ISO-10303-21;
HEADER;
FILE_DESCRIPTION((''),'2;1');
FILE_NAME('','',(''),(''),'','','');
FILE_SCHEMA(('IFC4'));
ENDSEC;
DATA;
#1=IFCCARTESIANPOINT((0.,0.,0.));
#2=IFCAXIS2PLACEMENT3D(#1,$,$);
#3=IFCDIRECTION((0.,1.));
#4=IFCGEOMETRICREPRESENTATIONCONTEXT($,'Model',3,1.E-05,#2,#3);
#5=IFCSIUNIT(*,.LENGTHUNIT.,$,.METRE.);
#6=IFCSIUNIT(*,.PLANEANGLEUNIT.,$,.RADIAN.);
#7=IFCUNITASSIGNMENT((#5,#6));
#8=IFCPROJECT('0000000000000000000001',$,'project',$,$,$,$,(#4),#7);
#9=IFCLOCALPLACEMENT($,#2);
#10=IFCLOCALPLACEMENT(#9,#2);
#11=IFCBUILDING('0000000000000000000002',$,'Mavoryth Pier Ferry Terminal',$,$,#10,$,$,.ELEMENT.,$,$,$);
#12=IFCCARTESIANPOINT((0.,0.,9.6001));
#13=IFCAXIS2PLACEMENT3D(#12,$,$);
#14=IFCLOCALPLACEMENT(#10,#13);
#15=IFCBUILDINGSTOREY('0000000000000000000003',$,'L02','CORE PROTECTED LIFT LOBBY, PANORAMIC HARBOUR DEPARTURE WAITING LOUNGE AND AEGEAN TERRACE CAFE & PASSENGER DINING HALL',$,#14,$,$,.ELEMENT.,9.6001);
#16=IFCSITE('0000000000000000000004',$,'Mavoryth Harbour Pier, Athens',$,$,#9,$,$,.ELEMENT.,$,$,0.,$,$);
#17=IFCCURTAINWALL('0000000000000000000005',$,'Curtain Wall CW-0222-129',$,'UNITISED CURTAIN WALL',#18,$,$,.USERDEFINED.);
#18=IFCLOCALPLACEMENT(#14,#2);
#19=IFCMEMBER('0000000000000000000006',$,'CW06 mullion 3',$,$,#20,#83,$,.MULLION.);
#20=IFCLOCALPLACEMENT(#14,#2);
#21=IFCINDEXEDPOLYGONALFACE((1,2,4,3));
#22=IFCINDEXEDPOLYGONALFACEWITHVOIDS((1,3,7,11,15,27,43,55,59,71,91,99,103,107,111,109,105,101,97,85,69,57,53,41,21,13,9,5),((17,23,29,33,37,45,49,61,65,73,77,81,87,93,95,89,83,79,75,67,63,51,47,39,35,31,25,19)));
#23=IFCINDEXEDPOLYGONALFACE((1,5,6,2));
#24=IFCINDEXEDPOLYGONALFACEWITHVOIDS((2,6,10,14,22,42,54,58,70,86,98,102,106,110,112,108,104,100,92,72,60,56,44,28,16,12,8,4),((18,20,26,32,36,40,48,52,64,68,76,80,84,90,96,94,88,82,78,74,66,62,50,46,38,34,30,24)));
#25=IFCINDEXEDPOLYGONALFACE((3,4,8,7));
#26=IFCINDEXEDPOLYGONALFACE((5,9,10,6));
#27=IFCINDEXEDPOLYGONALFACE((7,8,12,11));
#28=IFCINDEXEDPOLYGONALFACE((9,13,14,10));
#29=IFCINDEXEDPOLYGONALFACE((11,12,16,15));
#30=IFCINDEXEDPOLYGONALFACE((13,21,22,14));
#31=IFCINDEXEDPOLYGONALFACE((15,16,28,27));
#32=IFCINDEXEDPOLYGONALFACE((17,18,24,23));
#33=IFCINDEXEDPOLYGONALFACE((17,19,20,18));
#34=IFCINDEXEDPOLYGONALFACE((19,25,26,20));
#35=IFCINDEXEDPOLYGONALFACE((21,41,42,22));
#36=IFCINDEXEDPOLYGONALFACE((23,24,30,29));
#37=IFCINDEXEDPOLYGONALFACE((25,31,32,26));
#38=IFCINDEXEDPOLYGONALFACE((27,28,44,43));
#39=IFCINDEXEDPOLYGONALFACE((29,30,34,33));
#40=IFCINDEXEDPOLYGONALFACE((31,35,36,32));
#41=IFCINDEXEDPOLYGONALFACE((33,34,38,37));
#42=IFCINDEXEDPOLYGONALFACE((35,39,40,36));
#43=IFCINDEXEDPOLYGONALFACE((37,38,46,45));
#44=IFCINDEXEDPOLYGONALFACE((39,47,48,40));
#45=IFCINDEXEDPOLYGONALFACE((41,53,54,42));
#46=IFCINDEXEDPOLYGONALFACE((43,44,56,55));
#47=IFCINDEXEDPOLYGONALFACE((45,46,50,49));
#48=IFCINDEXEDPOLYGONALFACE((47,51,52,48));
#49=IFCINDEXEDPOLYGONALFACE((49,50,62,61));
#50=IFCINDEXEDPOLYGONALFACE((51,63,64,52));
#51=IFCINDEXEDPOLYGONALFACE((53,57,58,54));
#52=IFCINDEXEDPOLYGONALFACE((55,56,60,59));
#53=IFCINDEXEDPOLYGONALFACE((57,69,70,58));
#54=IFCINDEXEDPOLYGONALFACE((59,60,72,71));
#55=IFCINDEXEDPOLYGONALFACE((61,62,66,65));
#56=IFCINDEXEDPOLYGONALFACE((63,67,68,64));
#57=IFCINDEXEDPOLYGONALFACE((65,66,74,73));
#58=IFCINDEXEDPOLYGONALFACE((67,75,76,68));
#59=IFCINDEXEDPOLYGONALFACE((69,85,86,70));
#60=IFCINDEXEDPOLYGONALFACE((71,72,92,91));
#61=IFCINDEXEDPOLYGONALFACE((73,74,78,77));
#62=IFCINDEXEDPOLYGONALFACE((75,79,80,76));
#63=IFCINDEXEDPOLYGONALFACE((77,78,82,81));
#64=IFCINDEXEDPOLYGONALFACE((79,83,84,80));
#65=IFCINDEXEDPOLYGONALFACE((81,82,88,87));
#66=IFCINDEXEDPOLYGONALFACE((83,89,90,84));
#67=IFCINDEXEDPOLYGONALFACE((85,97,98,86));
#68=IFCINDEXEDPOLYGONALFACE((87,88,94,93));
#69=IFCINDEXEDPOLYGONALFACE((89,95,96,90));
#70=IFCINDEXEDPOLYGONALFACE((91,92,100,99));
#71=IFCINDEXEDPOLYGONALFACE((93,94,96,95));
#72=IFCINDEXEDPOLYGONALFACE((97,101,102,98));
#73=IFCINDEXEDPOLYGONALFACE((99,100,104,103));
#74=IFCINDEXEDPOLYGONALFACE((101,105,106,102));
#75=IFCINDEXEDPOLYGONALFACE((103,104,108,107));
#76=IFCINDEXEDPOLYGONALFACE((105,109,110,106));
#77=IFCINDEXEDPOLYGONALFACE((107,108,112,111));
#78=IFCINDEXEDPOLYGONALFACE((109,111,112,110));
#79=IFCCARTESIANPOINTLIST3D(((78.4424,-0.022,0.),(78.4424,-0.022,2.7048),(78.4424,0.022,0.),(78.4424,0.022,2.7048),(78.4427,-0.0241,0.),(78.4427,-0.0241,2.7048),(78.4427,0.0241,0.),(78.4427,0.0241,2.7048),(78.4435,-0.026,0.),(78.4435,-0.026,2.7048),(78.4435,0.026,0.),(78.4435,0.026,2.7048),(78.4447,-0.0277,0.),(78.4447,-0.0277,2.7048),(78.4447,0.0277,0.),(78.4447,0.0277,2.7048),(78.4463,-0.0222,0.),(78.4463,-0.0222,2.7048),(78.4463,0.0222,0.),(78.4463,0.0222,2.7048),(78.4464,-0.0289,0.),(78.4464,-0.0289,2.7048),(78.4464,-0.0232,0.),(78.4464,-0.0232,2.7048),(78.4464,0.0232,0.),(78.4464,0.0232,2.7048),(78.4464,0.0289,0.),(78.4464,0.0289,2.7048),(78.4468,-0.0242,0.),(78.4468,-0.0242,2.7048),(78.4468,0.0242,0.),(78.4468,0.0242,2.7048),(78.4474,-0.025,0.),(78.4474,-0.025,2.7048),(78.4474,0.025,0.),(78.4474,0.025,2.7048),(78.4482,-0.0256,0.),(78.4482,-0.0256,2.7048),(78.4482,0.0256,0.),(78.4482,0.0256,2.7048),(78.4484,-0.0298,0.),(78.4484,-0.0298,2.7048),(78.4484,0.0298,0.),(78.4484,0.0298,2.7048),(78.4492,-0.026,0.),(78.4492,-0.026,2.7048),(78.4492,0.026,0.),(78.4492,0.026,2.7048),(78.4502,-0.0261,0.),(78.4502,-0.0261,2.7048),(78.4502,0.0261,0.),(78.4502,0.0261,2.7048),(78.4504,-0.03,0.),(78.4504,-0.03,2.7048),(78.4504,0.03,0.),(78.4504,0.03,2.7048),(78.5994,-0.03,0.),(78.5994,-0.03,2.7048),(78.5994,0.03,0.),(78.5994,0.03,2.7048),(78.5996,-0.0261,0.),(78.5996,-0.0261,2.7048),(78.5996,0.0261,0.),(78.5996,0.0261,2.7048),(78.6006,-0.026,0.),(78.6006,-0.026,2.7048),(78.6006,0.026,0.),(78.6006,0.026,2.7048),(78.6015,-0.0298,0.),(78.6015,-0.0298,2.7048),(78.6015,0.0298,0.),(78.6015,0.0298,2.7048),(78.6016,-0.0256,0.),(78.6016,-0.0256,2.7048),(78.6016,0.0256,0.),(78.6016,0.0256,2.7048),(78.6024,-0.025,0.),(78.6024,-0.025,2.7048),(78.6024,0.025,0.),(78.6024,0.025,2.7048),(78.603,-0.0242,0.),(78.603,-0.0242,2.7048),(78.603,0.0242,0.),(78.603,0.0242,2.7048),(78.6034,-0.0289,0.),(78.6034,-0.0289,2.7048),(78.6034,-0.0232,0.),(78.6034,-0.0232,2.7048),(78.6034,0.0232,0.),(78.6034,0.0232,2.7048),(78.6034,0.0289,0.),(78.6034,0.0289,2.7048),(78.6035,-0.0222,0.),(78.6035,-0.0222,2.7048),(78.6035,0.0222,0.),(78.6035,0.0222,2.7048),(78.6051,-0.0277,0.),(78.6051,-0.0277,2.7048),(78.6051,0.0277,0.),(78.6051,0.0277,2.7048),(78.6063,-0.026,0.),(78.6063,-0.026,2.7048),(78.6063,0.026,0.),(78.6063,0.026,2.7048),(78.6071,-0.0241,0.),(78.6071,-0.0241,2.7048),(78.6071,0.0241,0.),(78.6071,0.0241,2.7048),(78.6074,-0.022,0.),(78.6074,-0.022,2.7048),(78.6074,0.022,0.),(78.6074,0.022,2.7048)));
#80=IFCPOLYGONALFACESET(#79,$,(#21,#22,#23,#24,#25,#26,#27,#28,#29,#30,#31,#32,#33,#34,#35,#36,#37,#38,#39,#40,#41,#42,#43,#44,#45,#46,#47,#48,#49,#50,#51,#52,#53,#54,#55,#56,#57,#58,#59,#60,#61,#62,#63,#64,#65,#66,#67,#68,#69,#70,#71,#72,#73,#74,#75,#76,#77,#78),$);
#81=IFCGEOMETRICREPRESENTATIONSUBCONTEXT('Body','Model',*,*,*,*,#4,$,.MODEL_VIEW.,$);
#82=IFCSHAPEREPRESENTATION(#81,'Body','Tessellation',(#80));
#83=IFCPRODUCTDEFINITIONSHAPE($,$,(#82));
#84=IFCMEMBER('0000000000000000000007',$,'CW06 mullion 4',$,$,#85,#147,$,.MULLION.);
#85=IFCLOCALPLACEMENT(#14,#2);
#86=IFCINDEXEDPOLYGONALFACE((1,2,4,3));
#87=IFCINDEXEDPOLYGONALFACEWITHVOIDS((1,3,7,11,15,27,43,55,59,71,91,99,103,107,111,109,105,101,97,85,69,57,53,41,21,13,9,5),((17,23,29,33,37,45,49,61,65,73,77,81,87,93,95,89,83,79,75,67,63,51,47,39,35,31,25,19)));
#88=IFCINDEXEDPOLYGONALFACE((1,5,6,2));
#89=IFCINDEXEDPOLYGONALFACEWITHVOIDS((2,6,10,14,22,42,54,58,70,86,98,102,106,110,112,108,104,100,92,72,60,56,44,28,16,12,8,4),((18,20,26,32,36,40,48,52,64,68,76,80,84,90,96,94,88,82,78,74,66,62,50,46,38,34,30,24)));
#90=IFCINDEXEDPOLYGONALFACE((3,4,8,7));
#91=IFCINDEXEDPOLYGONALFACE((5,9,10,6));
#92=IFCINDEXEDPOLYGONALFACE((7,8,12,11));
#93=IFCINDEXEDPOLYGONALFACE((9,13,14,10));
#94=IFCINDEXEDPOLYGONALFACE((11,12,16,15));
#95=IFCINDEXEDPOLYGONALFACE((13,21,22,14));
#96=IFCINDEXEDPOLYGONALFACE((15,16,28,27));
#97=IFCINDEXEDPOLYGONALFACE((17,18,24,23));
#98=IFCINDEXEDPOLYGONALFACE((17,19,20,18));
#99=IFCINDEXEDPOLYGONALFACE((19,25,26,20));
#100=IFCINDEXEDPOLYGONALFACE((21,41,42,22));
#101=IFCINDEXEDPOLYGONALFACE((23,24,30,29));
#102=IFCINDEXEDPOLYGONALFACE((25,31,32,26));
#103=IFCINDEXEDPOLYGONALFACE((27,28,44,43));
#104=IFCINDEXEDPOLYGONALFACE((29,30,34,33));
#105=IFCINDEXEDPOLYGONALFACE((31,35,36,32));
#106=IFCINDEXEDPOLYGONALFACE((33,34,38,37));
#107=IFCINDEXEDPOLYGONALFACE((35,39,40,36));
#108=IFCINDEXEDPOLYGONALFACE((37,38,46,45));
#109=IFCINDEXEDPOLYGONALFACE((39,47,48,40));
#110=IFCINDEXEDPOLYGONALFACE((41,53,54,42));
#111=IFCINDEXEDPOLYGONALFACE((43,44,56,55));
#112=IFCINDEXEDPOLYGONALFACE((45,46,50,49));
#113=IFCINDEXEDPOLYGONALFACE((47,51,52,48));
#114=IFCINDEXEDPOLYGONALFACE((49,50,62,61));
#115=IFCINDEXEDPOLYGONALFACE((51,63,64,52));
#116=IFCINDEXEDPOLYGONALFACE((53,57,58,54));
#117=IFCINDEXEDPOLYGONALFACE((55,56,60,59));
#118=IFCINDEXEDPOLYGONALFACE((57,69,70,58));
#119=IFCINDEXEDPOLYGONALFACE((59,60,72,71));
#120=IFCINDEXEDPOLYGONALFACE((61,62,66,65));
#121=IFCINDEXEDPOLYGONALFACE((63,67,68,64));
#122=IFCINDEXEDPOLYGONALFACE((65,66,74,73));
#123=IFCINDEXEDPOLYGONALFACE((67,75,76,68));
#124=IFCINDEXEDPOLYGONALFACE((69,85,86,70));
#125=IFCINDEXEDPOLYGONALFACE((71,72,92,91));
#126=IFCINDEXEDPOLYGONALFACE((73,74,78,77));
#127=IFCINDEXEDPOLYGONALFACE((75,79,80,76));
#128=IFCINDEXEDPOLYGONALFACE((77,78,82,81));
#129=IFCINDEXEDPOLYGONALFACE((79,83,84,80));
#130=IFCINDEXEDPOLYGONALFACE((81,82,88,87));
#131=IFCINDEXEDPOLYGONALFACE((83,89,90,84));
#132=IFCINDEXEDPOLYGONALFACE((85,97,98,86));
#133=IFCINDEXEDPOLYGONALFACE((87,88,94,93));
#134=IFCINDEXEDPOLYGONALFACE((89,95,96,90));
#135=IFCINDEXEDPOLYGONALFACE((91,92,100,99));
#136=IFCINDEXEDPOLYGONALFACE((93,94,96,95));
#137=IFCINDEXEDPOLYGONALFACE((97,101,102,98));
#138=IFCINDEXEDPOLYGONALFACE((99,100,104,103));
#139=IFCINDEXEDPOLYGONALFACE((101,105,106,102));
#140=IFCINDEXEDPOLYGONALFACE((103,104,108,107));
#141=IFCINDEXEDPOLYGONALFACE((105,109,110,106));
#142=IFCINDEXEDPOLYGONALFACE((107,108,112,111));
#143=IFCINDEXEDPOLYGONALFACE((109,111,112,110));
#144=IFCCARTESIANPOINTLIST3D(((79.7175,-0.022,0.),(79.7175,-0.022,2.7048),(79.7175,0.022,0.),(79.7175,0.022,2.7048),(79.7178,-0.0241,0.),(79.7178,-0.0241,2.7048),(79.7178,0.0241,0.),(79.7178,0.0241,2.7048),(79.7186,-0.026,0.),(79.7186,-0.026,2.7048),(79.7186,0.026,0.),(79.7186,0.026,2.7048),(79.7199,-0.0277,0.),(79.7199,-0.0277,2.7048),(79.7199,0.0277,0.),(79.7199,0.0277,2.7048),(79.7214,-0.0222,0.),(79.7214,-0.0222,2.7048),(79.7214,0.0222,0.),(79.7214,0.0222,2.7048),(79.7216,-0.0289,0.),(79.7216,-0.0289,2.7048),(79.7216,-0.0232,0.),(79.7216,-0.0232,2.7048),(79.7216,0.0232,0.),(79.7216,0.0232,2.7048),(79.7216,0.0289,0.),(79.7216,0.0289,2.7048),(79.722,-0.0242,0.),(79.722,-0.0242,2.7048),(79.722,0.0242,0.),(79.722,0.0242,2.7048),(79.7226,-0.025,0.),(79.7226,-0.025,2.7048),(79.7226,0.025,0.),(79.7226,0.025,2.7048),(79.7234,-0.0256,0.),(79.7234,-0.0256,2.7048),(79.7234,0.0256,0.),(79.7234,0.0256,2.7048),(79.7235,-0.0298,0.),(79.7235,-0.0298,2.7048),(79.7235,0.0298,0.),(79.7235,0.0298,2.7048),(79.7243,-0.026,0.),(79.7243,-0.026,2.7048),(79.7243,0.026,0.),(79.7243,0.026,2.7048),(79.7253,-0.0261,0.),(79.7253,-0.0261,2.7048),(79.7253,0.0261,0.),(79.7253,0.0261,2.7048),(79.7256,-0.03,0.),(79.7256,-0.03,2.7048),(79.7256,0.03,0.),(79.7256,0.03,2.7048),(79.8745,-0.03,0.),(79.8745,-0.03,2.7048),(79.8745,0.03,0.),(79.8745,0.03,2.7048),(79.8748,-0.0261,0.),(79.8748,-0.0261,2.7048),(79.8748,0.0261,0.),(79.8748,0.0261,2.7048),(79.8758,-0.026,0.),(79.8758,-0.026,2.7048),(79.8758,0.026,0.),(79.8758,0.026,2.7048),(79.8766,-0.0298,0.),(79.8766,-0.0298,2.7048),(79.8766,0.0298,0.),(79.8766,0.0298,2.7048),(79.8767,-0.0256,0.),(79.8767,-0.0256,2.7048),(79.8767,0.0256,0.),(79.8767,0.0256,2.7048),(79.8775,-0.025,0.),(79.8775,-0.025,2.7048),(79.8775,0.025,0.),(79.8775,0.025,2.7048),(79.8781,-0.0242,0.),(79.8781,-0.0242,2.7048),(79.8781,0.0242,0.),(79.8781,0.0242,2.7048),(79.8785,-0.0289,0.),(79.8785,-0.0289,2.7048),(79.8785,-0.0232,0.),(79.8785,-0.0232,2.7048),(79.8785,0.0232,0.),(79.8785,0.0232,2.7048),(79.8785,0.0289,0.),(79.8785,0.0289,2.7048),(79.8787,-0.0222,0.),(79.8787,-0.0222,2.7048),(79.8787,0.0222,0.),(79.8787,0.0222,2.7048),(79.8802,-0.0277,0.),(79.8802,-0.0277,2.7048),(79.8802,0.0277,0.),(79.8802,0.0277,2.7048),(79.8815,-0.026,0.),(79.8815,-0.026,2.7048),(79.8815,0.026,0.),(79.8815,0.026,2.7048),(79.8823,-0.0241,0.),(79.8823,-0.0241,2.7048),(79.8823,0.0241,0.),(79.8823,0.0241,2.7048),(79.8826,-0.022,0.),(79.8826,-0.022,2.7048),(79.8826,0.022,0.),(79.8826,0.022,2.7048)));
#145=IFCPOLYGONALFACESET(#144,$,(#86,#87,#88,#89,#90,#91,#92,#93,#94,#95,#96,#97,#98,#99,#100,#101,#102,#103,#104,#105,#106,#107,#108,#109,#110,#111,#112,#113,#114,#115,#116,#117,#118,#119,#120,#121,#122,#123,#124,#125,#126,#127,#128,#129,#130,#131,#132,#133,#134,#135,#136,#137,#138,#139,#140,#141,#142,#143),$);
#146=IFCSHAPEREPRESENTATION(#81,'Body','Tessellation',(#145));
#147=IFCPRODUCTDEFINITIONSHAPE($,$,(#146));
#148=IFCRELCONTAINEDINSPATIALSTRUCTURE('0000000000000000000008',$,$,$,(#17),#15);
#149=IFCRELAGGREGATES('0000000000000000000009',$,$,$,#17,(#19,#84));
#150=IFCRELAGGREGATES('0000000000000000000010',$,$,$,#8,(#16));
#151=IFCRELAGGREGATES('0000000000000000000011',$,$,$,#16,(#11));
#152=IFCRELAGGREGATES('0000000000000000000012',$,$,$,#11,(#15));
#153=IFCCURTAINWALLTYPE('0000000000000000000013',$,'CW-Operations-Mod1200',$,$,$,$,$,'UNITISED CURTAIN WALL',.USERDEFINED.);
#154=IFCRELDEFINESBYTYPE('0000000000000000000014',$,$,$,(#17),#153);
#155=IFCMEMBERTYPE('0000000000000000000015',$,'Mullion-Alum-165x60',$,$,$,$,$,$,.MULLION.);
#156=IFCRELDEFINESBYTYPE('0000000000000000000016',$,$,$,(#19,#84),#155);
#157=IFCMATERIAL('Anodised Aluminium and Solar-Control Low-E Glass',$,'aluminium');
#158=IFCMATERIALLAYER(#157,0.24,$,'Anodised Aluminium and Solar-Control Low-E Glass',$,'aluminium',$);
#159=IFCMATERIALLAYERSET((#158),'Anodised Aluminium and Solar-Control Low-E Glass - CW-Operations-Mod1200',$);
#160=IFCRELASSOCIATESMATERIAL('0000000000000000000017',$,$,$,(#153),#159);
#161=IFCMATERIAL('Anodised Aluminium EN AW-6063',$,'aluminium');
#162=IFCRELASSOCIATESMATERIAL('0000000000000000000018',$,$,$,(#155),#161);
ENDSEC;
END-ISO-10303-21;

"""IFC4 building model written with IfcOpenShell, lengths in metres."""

from ifc_helpers import new_model, si_unit, direction, frame, origin, origin_2d, place, context, subcontext, project, spatial, hollow_rectangle, extrude, material, layer, layer_set, material_profile, profile_set, type_object, element, aggregate, save


model = new_model("IFC4")

# Units and contexts
model_context = context("Model", 3, precision=1e-05, world=origin(), true_north=direction((0.0, 1.0)))
body_context = subcontext(model_context, "Body", "Model", "MODEL_VIEW")
ifc_project = project(units=[si_unit("LENGTHUNIT", "METRE"), si_unit("PLANEANGLEUNIT", "RADIAN")], contexts=[model_context])

# Site, building, storey
site_placement = place(None, origin())
site = spatial("IfcSite", under=ifc_project, at=site_placement, Name="Mavoryth Harbour Pier, Athens", CompositionType="ELEMENT", RefElevation=0.0)
building_placement = place(site_placement, origin())
building = spatial("IfcBuilding", under=site, at=building_placement, Name="Mavoryth Pier Ferry Terminal", CompositionType="ELEMENT")
storey_placement = place(building_placement, frame((0.0, 0.0, 9.6001)))
storey = spatial("IfcBuildingStorey", under=building, at=storey_placement, Name="L02", Description="CORE PROTECTED LIFT LOBBY, PANORAMIC HARBOUR DEPARTURE WAITING LOUNGE AND AEGEAN TERRACE CAFE & PASSENGER DINING HALL", CompositionType="ELEMENT", Elevation=9.6001)

# Curtain wall, members
ifc_material_1 = material(Name="Anodised Aluminium and Solar-Control Low-E Glass", Category="aluminium")
ifc_layer_1 = layer(ifc_material_1, 0.24, Name="Anodised Aluminium and Solar-Control Low-E Glass", Category="aluminium")
ifc_layer_set_1 = layer_set([ifc_layer_1], Name="Anodised Aluminium and Solar-Control Low-E Glass - CW-Operations-Mod1200")
curtain_wall_type = type_object("IfcCurtainWallType", Name="CW-Operations-Mod1200", ElementType="UNITISED CURTAIN WALL", PredefinedType="USERDEFINED", material=ifc_layer_set_1)
ifc_material_2 = material(Name="Anodised Aluminium EN AW-6063", Category="aluminium")
ifc_material_profile_1 = material_profile(ifc_material_2, hollow_rectangle(XDim=0.0601, YDim=0.165, WallThickness=0.0039, InnerFilletRadius=0.0039, OuterFilletRadius=0.0081, at=origin_2d()), Name="AL-MULL 165x60x4", Category="aluminium")
ifc_profile_set_1 = profile_set([ifc_material_profile_1], Name="Anodised Aluminium EN AW-6063 - AL-MULL 165x60x4")
member_type_1 = type_object("IfcMemberType", Name="Mullion-Alum-165x60", PredefinedType="MULLION", material=ifc_profile_set_1)
curtain_wall_1_placement = place(storey_placement, origin())
curtain_wall_1 = element("IfcCurtainWall", 1, at=curtain_wall_1_placement, inside=storey, type_object=curtain_wall_type, Name="Curtain Wall CW-0222-129", ObjectType="UNITISED CURTAIN WALL", PredefinedType="USERDEFINED")
member_1_placement = place(storey_placement, frame((78.5249, 0.0, 0.0), z_axis=(0.0, 0.0, 1.0), x_axis=(0.0, 1.0, 0.0)))
member_1 = element("IfcMember", 2, at=member_1_placement, type_object=member_type_1, Name="CW06 mullion 3", PredefinedType="MULLION", context=body_context, shape_type="SweptSolid", body=[
    extrude(hollow_rectangle(XDim=0.0601, YDim=0.165, WallThickness=0.0039, InnerFilletRadius=0.0039, OuterFilletRadius=0.0081, at=origin_2d()), origin(), (0.0, 0.0, 1.0), 2.7048),
])
member_2_placement = place(storey_placement, frame((79.8, 0.0, 0.0), z_axis=(0.0, 0.0, 1.0), x_axis=(0.0, 1.0, 0.0)))
member_2 = element("IfcMember", 3, at=member_2_placement, type_object=member_type_1, Name="CW06 mullion 4", PredefinedType="MULLION", context=body_context, shape_type="SweptSolid", body=[
    extrude(hollow_rectangle(XDim=0.0601, YDim=0.165, WallThickness=0.0039, InnerFilletRadius=0.0039, OuterFilletRadius=0.0081, at=origin_2d()), origin(), (0.0, 0.0, 1.0), 2.7048),
])

aggregate(curtain_wall_1, [member_1, member_2])

save(model, "model.ifc")
